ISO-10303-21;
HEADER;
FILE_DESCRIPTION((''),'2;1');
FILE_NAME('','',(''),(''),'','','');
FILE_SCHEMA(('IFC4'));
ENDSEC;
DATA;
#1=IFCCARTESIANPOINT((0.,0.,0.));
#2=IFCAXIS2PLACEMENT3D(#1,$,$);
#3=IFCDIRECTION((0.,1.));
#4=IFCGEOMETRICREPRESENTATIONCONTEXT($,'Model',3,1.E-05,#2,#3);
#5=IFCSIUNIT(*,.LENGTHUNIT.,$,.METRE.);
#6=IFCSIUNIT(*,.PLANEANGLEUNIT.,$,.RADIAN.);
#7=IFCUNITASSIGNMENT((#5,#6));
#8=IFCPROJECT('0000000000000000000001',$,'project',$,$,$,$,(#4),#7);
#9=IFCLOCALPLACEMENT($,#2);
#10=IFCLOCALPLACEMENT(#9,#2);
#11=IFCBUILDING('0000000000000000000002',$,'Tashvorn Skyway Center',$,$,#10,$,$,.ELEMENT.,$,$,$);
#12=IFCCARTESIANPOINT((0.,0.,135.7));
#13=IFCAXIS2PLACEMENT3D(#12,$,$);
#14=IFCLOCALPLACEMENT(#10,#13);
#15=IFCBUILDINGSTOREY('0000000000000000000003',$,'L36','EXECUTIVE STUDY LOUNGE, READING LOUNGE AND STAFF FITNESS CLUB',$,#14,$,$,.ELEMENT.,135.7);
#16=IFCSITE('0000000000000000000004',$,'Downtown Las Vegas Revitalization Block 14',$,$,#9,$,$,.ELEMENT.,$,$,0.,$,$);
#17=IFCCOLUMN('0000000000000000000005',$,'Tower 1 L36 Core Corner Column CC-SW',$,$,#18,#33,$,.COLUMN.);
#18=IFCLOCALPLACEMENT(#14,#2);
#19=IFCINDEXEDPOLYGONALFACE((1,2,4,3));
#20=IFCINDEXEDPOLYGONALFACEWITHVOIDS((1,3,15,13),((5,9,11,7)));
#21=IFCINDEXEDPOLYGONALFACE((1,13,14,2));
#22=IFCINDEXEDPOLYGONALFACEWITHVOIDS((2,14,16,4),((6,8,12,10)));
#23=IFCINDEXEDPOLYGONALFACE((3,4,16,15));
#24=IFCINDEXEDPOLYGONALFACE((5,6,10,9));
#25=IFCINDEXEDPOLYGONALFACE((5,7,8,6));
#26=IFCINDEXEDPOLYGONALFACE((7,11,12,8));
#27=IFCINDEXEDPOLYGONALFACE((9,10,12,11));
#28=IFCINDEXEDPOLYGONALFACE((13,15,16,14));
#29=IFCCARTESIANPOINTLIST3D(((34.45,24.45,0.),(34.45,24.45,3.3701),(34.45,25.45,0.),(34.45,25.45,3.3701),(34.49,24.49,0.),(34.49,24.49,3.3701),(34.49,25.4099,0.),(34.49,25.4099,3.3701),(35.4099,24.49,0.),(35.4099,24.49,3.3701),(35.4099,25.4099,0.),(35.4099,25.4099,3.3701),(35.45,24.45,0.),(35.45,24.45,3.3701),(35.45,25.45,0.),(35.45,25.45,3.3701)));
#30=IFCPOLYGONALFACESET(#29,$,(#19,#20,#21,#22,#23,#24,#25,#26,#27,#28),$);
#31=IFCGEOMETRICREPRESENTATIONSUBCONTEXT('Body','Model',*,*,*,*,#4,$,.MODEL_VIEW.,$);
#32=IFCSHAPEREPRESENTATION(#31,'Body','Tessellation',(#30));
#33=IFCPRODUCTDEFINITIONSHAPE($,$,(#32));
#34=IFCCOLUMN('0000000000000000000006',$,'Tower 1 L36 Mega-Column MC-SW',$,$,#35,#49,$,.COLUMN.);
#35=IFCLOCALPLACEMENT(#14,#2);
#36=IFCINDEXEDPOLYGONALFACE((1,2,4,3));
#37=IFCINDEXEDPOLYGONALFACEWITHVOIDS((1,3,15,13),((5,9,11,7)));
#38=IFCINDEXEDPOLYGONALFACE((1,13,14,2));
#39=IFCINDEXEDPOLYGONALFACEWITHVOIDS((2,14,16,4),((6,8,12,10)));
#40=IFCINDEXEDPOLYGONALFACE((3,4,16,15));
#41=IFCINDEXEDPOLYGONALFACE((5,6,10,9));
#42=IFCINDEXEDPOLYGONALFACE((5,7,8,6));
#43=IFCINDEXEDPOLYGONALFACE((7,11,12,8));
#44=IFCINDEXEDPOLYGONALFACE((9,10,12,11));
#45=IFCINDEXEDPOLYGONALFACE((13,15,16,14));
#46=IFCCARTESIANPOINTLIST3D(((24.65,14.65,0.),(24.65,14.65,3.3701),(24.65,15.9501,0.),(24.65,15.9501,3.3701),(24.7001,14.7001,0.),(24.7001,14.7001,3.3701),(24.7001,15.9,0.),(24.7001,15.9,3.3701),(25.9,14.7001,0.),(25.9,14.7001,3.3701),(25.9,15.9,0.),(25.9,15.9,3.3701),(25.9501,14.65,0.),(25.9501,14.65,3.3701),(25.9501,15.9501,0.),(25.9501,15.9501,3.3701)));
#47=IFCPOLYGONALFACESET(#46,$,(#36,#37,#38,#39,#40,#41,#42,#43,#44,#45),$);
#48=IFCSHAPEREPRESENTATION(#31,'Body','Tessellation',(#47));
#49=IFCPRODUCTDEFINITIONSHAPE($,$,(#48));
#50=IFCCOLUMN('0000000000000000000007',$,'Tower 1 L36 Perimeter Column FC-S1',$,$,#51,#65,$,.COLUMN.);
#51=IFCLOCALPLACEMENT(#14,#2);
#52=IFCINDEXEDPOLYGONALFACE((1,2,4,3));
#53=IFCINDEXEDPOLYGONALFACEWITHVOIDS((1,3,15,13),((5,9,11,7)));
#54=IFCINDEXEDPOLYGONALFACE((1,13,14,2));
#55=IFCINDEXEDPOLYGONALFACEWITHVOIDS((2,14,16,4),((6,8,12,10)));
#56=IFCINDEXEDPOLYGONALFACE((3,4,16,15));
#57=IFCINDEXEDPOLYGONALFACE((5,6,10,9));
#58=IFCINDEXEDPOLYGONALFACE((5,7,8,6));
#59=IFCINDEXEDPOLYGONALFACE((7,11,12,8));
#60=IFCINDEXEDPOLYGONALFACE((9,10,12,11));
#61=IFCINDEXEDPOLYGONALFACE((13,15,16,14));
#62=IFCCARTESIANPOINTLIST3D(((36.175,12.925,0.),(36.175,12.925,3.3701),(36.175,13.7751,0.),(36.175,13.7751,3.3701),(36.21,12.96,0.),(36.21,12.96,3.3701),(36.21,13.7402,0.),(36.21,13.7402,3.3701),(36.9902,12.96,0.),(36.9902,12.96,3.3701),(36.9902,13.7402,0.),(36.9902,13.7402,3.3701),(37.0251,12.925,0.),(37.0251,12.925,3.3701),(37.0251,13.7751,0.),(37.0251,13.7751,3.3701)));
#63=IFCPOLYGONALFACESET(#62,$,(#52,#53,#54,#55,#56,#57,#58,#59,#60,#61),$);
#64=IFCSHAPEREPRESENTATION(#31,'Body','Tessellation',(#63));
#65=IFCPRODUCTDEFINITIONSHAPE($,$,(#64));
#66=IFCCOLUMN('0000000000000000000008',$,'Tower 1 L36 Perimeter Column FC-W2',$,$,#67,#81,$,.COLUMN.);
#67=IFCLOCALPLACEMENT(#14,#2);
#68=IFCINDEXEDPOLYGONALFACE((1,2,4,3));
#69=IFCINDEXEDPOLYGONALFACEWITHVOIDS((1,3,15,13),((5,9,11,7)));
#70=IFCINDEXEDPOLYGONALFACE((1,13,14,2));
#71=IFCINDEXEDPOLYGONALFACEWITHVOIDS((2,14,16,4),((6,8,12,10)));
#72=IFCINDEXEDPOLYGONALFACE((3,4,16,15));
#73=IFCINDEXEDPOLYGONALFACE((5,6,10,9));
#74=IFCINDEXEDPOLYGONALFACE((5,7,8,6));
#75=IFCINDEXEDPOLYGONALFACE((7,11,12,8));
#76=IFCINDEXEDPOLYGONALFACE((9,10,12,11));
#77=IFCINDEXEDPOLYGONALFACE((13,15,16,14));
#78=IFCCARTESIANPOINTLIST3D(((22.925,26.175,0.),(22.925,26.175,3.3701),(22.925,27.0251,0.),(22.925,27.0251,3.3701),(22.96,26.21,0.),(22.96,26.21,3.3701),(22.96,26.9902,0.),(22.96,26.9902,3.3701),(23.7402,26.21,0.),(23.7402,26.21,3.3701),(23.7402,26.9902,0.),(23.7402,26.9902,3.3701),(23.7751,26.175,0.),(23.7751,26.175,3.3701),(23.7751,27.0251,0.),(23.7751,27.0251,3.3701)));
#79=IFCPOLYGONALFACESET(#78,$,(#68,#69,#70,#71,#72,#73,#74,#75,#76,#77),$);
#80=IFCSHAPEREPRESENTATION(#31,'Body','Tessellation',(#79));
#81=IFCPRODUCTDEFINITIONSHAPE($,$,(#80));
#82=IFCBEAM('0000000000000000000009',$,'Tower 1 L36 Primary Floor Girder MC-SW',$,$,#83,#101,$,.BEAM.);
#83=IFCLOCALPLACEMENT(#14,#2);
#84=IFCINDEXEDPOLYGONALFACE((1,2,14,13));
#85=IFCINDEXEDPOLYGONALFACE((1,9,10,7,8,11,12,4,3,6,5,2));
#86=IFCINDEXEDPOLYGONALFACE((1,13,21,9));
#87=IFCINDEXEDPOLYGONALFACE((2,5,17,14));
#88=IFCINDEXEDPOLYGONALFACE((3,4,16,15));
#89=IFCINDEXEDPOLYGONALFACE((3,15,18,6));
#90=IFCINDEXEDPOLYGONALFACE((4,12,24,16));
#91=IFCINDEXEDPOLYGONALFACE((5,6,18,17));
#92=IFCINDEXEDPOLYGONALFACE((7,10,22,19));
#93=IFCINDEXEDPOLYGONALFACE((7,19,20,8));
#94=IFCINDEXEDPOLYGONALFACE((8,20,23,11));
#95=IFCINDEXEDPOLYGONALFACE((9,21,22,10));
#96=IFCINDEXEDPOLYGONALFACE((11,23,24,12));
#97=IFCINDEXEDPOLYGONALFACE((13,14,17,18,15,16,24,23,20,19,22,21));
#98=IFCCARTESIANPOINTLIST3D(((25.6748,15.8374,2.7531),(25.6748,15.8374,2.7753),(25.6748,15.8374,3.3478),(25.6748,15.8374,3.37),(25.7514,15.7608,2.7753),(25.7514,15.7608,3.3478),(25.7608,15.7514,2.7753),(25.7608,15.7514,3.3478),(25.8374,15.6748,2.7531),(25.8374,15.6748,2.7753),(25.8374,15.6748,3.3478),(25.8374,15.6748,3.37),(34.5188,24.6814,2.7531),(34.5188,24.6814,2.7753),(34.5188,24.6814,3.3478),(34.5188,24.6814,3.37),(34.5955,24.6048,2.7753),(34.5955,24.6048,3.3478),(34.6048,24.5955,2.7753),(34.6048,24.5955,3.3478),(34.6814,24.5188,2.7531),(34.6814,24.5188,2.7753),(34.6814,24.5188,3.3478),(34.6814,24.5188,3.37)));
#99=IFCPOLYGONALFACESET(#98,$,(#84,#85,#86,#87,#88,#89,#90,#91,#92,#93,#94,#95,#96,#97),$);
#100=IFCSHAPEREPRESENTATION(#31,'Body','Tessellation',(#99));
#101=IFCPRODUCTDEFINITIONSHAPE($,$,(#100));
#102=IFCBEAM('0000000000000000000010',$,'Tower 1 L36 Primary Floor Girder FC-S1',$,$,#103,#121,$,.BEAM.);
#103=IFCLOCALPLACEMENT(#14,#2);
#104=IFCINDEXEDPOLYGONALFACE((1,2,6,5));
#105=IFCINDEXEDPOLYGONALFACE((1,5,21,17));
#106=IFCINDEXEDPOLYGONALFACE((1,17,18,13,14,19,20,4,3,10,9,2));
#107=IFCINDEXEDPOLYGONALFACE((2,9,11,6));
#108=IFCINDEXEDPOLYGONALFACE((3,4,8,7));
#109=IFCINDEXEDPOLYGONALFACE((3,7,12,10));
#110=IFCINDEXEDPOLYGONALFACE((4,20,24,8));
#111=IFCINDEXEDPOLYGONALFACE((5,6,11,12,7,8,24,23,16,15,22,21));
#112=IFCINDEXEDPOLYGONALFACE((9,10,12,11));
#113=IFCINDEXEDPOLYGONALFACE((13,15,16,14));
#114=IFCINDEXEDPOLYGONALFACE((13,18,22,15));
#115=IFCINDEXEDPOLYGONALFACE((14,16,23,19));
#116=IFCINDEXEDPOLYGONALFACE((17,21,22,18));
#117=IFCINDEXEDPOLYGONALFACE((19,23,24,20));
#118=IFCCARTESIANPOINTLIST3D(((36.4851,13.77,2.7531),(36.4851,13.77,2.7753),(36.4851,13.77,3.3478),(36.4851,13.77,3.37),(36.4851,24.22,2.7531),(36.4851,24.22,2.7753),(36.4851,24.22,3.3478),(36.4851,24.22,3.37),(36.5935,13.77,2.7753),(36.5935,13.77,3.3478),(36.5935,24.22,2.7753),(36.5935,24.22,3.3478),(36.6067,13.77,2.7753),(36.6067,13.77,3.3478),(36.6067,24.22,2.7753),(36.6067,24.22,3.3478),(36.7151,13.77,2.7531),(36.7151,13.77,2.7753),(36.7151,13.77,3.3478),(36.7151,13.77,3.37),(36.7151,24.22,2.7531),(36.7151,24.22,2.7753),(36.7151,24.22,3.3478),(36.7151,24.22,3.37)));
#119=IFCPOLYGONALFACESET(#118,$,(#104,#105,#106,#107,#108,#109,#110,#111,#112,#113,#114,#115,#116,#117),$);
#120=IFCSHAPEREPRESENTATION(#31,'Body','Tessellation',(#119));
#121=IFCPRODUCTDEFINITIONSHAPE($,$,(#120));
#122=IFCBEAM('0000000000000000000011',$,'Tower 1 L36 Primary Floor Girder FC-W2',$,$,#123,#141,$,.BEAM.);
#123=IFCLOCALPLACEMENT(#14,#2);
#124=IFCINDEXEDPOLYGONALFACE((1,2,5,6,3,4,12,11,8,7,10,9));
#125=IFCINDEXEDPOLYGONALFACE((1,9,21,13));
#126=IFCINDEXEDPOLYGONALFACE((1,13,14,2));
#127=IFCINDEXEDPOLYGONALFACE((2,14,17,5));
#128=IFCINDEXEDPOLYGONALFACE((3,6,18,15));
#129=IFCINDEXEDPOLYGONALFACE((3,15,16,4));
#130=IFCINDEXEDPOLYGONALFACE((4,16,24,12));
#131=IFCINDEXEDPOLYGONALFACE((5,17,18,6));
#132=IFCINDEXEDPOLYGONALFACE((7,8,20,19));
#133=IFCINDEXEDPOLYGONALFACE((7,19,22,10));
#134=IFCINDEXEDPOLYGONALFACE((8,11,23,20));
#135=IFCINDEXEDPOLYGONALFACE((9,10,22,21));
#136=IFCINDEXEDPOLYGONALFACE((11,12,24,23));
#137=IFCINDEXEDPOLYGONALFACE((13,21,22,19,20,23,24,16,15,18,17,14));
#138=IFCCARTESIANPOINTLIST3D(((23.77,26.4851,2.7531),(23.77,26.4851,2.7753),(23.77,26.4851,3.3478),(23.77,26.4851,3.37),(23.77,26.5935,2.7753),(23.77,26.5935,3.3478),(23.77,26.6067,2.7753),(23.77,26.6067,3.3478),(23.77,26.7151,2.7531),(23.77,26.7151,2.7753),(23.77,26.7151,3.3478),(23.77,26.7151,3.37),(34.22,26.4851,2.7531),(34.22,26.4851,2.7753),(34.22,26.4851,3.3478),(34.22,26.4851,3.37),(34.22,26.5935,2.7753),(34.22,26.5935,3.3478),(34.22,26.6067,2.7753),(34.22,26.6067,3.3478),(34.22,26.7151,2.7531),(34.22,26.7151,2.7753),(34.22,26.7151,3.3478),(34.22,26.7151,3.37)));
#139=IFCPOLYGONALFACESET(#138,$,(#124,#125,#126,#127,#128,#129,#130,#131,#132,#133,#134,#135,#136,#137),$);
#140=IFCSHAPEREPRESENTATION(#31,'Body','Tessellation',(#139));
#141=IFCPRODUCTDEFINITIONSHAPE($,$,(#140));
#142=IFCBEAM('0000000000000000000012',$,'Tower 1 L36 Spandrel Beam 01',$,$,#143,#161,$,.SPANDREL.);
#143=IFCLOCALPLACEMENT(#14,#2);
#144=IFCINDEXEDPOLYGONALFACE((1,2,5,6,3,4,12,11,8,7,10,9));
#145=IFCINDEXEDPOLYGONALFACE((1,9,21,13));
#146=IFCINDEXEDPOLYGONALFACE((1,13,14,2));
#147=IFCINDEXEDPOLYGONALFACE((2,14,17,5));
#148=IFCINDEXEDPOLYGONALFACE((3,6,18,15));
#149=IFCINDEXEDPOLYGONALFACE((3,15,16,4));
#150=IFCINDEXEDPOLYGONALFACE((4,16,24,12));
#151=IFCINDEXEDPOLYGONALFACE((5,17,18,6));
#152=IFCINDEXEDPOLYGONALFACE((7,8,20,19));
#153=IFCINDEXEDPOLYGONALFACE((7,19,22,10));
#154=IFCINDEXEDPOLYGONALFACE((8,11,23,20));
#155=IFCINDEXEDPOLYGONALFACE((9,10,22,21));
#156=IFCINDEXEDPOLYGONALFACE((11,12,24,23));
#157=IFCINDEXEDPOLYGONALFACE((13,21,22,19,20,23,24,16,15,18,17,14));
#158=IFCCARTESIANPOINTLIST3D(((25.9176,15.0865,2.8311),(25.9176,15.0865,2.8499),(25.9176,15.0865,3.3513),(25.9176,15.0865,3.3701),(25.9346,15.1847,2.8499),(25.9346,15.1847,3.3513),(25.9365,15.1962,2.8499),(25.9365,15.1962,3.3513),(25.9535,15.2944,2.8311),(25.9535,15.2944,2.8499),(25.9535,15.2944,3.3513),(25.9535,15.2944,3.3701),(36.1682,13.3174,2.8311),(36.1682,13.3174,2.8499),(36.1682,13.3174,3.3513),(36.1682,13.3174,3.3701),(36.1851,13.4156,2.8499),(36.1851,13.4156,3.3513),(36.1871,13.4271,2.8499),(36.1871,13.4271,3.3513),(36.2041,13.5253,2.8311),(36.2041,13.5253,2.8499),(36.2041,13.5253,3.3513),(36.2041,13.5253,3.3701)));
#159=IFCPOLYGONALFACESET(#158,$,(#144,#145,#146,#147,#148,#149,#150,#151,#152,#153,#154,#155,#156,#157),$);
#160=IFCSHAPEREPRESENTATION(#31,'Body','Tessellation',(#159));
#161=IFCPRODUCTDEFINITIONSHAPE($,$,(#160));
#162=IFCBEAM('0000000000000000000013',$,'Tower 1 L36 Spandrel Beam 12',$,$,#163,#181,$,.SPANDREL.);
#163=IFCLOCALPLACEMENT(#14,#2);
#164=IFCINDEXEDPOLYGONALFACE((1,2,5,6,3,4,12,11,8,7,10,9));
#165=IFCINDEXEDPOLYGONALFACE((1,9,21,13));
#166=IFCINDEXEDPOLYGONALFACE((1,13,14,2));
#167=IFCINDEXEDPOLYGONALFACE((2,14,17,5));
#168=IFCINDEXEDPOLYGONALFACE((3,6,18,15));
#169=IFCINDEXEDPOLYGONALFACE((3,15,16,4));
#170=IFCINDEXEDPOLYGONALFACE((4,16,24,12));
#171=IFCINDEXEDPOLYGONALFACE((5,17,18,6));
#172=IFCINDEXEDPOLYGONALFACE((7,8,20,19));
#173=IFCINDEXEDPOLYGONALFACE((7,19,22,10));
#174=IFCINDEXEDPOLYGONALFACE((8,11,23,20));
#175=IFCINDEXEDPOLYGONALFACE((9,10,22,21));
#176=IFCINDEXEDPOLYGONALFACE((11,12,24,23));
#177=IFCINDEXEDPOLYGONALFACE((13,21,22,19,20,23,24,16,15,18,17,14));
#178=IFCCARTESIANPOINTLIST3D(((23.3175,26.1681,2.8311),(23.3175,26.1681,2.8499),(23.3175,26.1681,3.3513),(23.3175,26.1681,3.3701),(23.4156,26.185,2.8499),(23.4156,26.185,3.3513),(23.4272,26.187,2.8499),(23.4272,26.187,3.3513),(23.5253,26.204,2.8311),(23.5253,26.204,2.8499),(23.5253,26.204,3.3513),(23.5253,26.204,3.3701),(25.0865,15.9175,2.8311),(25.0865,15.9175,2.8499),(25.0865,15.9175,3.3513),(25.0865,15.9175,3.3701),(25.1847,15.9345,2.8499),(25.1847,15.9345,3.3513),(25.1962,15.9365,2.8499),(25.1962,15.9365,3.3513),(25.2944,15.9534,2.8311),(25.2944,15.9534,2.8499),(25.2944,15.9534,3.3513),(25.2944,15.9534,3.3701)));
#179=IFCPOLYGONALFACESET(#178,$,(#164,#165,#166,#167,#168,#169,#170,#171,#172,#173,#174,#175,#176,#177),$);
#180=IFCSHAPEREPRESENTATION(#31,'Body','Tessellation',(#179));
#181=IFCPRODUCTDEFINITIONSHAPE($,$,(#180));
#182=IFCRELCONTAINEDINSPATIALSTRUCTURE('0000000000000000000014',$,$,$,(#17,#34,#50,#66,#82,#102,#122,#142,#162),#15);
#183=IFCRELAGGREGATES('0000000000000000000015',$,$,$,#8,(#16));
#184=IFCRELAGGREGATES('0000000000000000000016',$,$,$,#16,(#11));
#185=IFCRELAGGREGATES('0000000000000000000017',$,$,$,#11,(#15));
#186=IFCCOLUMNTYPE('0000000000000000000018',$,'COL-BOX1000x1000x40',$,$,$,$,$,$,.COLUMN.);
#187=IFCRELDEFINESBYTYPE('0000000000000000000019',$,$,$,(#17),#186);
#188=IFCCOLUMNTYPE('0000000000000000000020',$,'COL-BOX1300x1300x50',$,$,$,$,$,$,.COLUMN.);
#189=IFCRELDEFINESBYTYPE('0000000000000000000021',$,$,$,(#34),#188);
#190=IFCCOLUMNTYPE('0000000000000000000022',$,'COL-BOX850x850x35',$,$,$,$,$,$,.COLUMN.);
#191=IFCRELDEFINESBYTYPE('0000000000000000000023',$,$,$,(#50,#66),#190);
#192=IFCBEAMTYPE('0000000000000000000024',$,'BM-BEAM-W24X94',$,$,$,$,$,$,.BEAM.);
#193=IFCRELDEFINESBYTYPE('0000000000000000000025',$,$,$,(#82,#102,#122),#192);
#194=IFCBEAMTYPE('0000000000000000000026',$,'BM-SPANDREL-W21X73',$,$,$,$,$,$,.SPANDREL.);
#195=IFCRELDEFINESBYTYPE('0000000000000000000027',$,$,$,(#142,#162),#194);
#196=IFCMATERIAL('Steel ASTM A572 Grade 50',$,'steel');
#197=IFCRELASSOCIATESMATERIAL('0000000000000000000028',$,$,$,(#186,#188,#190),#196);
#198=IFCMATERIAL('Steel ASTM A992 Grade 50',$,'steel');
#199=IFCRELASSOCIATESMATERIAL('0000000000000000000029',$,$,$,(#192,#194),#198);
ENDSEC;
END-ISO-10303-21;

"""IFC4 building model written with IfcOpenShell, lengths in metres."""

from ifc_helpers import new_model, si_unit, direction, frame, origin, origin_2d, place, context, subcontext, project, spatial, hollow_rectangle, i_section, extrude, material, material_profile, profile_set, type_object, element, save


model = new_model("IFC4")

# Units and contexts
model_context = context("Model", 3, precision=1e-05, world=origin(), true_north=direction((0.0, 1.0)))
body_context = subcontext(model_context, "Body", "Model", "MODEL_VIEW")
ifc_project = project(units=[si_unit("LENGTHUNIT", "METRE"), si_unit("PLANEANGLEUNIT", "RADIAN")], contexts=[model_context])

# Site, building, storey
site_placement = place(None, origin())
site = spatial("IfcSite", under=ifc_project, at=site_placement, Name="Downtown Las Vegas Revitalization Block 14", CompositionType="ELEMENT", RefElevation=0.0)
building_placement = place(site_placement, origin())
building = spatial("IfcBuilding", under=site, at=building_placement, Name="Tashvorn Skyway Center", CompositionType="ELEMENT")
storey_placement = place(building_placement, frame((0.0, 0.0, 135.7)))
storey = spatial("IfcBuildingStorey", under=building, at=storey_placement, Name="L36", Description="EXECUTIVE STUDY LOUNGE, READING LOUNGE AND STAFF FITNESS CLUB", CompositionType="ELEMENT", Elevation=135.7)

# Columns
ifc_material_1 = material(Name="Steel ASTM A572 Grade 50", Category="steel")
ifc_material_profile_1 = material_profile(ifc_material_1, hollow_rectangle(XDim=1.0, YDim=1.0, WallThickness=0.04, at=origin_2d()), Name="BOX1000x1000x40")
ifc_profile_set_1 = profile_set([ifc_material_profile_1], Name="Steel ASTM A572 Grade 50")
column_type_1 = type_object("IfcColumnType", Name="COL-BOX1000x1000x40", PredefinedType="COLUMN", material=ifc_profile_set_1)
column_1_placement = place(storey_placement, frame((34.95, 24.95, 0.0), z_axis=(0.0, 0.0, 1.0), x_axis=(1.0, 0.0, 0.0)))
element("IfcColumn", 1, at=column_1_placement, inside=storey, type_object=column_type_1, Name="Tower 1 L36 Core Corner Column CC-SW", PredefinedType="COLUMN", context=body_context, shape_type="SweptSolid", body=[
    extrude(hollow_rectangle(XDim=1.0, YDim=1.0, WallThickness=0.04, at=origin_2d()), origin(), (0.0, 0.0, 1.0), 3.3701),
])
ifc_material_profile_2 = material_profile(ifc_material_1, hollow_rectangle(XDim=1.3, YDim=1.3, WallThickness=0.05, at=origin_2d()), Name="BOX1300x1300x50")
ifc_profile_set_2 = profile_set([ifc_material_profile_2], Name="Steel ASTM A572 Grade 50")
column_type_2 = type_object("IfcColumnType", Name="COL-BOX1300x1300x50", PredefinedType="COLUMN", material=ifc_profile_set_2)
column_2_placement = place(storey_placement, frame((25.3, 15.3, 0.0), z_axis=(0.0, 0.0, 1.0), x_axis=(1.0, 0.0, 0.0)))
element("IfcColumn", 2, at=column_2_placement, inside=storey, type_object=column_type_2, Name="Tower 1 L36 Mega-Column MC-SW", PredefinedType="COLUMN", context=body_context, shape_type="SweptSolid", body=[
    extrude(hollow_rectangle(XDim=1.3, YDim=1.3, WallThickness=0.05, at=origin_2d()), origin(), (0.0, 0.0, 1.0), 3.3701),
])
ifc_material_profile_3 = material_profile(ifc_material_1, hollow_rectangle(XDim=0.8501, YDim=0.8501, WallThickness=0.0349, at=origin_2d()), Name="BOX850x850x35")
ifc_profile_set_3 = profile_set([ifc_material_profile_3], Name="Steel ASTM A572 Grade 50")
column_type_3 = type_object("IfcColumnType", Name="COL-BOX850x850x35", PredefinedType="COLUMN", material=ifc_profile_set_3)
for number, where, z_axis, x_axis, name in (
    (3, (36.6001, 13.3501, 0.0), (0.0, 0.0, 1.0), (1.0, 0.0, 0.0), "Tower 1 L36 Perimeter Column FC-S1"),
    (4, (23.3501, 26.6001, 0.0), (0.0, 0.0, 1.0), (1.0, 0.0, 0.0), "Tower 1 L36 Perimeter Column FC-W2"),
):
    element("IfcColumn", number, at=place(storey_placement, frame(where, z_axis=z_axis, x_axis=x_axis)), inside=storey, type_object=column_type_3, Name=name, PredefinedType="COLUMN", context=body_context, shape_type="SweptSolid", body=[
        extrude(hollow_rectangle(XDim=0.8501, YDim=0.8501, WallThickness=0.0349, at=origin_2d()), origin(), (0.0, 0.0, 1.0), 3.3701),
    ])

# Beams
ifc_material_2 = material(Name="Steel ASTM A992 Grade 50", Category="steel")
ifc_material_profile_4 = material_profile(ifc_material_2, i_section(OverallWidth=0.23, OverallDepth=0.6169, WebThickness=0.0132, FlangeThickness=0.0222, at=origin_2d()), Name="W24X94")
ifc_profile_set_4 = profile_set([ifc_material_profile_4], Name="Steel ASTM A992 Grade 50")
beam_type_1 = type_object("IfcBeamType", Name="BM-BEAM-W24X94", PredefinedType="BEAM", material=ifc_profile_set_4)
beam_placement = place(storey_placement, frame((25.7561, 15.7561, 3.0615), z_axis=(0.707107, 0.707107, 0.0), x_axis=(-0.707107, 0.707107, 0.0)))
element("IfcBeam", 5, at=beam_placement, inside=storey, type_object=beam_type_1, Name="Tower 1 L36 Primary Floor Girder MC-SW", PredefinedType="BEAM", context=body_context, shape_type="SweptSolid", body=[
    extrude(i_section(OverallWidth=0.23, OverallDepth=0.6169, WebThickness=0.0132, FlangeThickness=0.0222, at=origin_2d()), origin(), (0.0, 0.0, 1.0), 12.5073),
])
for number, where, z_axis, x_axis, name in (
    (6, (36.6001, 13.77, 3.0615), (0.0, 1.0, 0.0), (-1.0, 0.0, 0.0), "Tower 1 L36 Primary Floor Girder FC-S1"),
    (7, (23.77, 26.6001, 3.0615), (1.0, 0.0, 0.0), (0.0, 1.0, 0.0), "Tower 1 L36 Primary Floor Girder FC-W2"),
):
    element("IfcBeam", number, at=place(storey_placement, frame(where, z_axis=z_axis, x_axis=x_axis)), inside=storey, type_object=beam_type_1, Name=name, PredefinedType="BEAM", context=body_context, shape_type="SweptSolid", body=[
        extrude(i_section(OverallWidth=0.23, OverallDepth=0.6169, WebThickness=0.0132, FlangeThickness=0.0222, at=origin_2d()), origin(), (0.0, 0.0, 1.0), 10.45),
    ])
ifc_material_profile_5 = material_profile(ifc_material_2, i_section(OverallWidth=0.2109, OverallDepth=0.5391, WebThickness=0.0117, FlangeThickness=0.0188, at=origin_2d()), Name="W21X73")
ifc_profile_set_5 = profile_set([ifc_material_profile_5], Name="Steel ASTM A992 Grade 50")
beam_type_2 = type_object("IfcBeamType", Name="BM-SPANDREL-W21X73", PredefinedType="SPANDREL", material=ifc_profile_set_5)
for number, where, z_axis, x_axis, name in (
    (8, (25.9355, 15.1904, 3.1006), (0.985432, -0.170067, 0.0), (0.170067, 0.985432, 0.0), "Tower 1 L36 Spandrel Beam 01"),
    (9, (23.4214, 26.186, 3.1006), (0.170067, -0.985432, 0.0), (0.985432, 0.170067, 0.0), "Tower 1 L36 Spandrel Beam 12"),
):
    element("IfcBeam", number, at=place(storey_placement, frame(where, z_axis=z_axis, x_axis=x_axis)), inside=storey, type_object=beam_type_2, Name=name, PredefinedType="SPANDREL", context=body_context, shape_type="SweptSolid", body=[
        extrude(i_section(OverallWidth=0.2109, OverallDepth=0.5391, WebThickness=0.0117, FlangeThickness=0.0188, at=origin_2d()), origin(), (0.0, 0.0, 1.0), 10.4021),
    ])

save(model, "model.ifc")
